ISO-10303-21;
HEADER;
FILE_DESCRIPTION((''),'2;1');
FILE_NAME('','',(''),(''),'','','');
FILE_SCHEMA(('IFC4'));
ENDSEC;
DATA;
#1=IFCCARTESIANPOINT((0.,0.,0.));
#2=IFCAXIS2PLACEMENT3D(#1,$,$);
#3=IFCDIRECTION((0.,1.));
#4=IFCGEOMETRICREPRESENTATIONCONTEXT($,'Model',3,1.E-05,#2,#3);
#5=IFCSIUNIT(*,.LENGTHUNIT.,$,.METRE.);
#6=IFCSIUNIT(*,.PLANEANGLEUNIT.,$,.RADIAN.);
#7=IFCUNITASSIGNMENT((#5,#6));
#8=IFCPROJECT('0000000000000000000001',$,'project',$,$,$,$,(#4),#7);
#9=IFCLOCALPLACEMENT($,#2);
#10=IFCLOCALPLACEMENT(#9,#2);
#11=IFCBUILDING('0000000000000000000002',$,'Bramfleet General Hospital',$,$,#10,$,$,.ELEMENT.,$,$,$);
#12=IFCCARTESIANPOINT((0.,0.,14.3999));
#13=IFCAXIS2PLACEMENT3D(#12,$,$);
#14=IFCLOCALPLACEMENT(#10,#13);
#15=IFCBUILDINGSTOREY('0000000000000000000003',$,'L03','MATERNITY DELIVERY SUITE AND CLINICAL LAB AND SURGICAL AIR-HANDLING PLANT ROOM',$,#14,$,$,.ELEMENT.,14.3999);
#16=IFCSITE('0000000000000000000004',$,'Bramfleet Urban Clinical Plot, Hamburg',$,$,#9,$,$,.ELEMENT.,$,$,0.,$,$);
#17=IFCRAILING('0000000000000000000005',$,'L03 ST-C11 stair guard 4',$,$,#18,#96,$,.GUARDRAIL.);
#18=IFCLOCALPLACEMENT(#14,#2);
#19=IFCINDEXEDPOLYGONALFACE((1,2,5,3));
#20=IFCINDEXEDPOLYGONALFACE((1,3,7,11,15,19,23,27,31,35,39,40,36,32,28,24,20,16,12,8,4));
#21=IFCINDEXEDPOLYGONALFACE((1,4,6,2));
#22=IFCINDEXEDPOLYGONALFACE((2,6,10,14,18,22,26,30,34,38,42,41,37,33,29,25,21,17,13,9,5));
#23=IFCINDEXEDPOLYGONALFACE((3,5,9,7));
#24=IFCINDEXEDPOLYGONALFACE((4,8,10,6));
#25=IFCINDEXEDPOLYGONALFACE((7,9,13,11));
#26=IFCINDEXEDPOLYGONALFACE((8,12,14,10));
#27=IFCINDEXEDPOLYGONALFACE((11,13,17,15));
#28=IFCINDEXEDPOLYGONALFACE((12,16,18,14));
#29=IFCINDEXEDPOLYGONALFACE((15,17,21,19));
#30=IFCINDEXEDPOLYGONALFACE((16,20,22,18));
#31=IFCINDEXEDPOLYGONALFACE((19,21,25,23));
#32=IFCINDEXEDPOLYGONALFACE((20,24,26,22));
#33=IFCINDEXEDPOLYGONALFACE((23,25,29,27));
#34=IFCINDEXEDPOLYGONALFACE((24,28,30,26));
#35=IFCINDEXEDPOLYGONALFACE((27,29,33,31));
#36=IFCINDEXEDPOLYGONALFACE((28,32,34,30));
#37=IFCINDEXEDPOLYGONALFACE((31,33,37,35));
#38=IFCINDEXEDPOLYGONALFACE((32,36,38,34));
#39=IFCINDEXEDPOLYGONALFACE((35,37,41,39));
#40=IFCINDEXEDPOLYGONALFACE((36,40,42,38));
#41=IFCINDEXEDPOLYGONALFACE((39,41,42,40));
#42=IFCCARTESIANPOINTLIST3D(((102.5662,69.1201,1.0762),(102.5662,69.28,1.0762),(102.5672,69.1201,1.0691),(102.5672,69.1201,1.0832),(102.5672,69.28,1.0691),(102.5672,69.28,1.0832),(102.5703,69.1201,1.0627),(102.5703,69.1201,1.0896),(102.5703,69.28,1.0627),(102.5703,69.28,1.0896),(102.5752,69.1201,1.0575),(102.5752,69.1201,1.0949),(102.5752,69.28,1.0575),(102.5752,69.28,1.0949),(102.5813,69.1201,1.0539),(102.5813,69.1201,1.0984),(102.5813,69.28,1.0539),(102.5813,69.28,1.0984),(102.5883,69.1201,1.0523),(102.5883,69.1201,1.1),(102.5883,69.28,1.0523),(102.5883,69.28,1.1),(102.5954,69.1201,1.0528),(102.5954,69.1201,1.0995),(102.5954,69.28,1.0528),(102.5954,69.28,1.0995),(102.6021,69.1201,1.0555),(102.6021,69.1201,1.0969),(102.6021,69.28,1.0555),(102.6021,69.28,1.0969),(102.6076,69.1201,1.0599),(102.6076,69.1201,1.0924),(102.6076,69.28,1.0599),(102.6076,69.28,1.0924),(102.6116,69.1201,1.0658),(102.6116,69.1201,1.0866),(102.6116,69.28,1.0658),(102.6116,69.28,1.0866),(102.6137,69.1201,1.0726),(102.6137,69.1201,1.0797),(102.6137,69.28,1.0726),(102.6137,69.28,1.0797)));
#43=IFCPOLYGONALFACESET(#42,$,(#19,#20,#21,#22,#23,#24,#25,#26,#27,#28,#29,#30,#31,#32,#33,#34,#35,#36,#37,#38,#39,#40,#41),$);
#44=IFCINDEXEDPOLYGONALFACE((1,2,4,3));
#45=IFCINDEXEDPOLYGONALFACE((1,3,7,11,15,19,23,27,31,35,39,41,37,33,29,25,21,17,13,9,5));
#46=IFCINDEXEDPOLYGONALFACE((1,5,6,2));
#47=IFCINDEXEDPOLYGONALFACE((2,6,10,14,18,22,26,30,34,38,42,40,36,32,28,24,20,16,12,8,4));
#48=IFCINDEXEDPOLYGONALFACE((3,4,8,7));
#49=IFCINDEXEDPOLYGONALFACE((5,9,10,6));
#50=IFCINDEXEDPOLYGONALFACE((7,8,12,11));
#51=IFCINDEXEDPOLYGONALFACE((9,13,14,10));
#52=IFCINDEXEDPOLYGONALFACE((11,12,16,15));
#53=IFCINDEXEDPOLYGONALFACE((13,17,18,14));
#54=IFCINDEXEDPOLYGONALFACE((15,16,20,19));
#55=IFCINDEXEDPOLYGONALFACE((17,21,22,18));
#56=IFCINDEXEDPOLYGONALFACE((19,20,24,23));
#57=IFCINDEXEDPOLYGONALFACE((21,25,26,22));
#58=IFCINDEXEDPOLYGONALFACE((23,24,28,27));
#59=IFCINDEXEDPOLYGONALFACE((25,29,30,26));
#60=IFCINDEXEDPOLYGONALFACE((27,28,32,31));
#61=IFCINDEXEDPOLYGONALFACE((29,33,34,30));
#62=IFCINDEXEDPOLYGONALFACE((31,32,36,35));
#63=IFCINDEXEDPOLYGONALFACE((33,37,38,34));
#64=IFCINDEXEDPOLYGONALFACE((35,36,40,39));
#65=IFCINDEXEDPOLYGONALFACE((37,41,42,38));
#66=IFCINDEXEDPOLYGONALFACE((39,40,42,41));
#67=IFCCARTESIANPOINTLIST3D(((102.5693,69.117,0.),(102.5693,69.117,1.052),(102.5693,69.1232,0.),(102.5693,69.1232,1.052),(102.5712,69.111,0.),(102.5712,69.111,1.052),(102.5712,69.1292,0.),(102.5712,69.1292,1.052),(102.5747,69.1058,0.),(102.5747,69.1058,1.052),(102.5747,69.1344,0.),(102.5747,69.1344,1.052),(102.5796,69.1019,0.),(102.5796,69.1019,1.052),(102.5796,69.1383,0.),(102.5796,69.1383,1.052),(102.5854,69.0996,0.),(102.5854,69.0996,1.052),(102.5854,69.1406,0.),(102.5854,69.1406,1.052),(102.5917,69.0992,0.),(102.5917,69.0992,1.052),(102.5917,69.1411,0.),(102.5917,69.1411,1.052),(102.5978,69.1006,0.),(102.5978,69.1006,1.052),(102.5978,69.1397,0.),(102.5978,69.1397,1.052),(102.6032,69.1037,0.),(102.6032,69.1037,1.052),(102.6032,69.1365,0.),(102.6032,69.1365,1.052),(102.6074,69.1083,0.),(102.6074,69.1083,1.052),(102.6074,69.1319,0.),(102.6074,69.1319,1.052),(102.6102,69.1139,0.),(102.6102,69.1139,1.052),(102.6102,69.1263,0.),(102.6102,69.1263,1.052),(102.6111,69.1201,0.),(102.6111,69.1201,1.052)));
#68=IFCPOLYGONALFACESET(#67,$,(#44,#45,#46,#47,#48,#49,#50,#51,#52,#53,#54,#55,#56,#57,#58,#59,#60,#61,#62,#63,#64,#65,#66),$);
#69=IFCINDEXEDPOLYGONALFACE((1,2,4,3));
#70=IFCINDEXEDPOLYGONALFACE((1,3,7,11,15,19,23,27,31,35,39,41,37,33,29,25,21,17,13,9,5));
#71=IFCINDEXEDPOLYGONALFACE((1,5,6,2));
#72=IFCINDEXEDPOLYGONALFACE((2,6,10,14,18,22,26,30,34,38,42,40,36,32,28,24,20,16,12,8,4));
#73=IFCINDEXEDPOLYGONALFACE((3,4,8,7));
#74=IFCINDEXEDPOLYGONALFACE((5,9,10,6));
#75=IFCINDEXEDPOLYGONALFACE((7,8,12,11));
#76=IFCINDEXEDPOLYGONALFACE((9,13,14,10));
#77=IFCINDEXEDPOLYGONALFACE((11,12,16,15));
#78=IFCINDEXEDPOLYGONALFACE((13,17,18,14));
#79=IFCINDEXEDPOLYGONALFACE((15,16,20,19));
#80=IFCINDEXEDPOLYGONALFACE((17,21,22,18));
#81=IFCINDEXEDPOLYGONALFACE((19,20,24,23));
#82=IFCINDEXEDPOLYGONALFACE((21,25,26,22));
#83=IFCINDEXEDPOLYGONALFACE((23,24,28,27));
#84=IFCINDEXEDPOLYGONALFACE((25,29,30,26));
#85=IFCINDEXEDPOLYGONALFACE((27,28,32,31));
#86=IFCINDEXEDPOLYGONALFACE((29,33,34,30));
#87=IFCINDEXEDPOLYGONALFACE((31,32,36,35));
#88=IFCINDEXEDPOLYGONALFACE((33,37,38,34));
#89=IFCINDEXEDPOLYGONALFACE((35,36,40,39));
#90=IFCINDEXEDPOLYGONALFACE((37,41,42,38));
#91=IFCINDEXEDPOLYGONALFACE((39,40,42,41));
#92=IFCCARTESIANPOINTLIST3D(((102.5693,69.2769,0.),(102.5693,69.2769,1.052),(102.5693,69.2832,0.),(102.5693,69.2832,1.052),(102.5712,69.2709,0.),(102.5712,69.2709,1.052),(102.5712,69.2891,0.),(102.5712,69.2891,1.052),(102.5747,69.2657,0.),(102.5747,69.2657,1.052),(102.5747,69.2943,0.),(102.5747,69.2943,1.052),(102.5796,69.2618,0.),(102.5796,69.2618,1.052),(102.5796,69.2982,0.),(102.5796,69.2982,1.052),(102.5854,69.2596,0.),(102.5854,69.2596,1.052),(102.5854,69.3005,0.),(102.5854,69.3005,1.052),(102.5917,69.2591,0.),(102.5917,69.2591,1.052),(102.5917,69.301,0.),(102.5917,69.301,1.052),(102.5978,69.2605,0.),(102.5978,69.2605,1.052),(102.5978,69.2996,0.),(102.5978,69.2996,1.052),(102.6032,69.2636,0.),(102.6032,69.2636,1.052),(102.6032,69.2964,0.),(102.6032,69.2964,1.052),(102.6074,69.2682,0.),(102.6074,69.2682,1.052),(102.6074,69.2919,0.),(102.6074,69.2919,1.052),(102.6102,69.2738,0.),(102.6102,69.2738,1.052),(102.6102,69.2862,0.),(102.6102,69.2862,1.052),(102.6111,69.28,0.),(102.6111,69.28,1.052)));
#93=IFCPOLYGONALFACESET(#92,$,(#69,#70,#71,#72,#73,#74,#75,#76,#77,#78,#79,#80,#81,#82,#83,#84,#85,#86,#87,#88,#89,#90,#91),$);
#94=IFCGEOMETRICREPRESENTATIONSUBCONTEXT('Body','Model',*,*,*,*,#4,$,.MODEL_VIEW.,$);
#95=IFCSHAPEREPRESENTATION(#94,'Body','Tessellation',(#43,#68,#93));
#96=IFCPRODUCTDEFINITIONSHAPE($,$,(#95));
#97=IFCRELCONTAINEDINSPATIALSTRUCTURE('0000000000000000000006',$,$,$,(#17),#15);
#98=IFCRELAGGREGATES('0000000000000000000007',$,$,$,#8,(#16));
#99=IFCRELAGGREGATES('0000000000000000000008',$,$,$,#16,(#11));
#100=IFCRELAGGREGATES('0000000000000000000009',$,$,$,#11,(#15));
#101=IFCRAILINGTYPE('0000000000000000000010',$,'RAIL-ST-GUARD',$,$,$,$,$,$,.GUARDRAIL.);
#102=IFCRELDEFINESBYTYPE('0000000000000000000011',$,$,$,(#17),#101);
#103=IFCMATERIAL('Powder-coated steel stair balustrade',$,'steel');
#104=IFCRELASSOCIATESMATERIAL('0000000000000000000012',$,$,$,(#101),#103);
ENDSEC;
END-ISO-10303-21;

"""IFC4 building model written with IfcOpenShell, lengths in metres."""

from ifc_helpers import new_model, si_unit, direction, frame, origin, origin_2d, place, context, subcontext, project, spatial, circle, extrude, material, type_object, element, save


model = new_model("IFC4")

# Units and contexts
model_context = context("Model", 3, precision=1e-05, world=origin(), true_north=direction((0.0, 1.0)))
body_context = subcontext(model_context, "Body", "Model", "MODEL_VIEW")
ifc_project = project(units=[si_unit("LENGTHUNIT", "METRE"), si_unit("PLANEANGLEUNIT", "RADIAN")], contexts=[model_context])

# Site, building, storey
site_placement = place(None, origin())
site = spatial("IfcSite", under=ifc_project, at=site_placement, Name="Bramfleet Urban Clinical Plot, Hamburg", CompositionType="ELEMENT", RefElevation=0.0)
building_placement = place(site_placement, origin())
building = spatial("IfcBuilding", under=site, at=building_placement, Name="Bramfleet General Hospital", CompositionType="ELEMENT")
storey_placement = place(building_placement, frame((0.0, 0.0, 14.3999)))
storey = spatial("IfcBuildingStorey", under=building, at=storey_placement, Name="L03", Description="MATERNITY DELIVERY SUITE AND CLINICAL LAB AND SURGICAL AIR-HANDLING PLANT ROOM", CompositionType="ELEMENT", Elevation=14.3999)

# Railing
ifc_material_1 = material(Name="Powder-coated steel stair balustrade", Category="steel")
railing_type_1 = type_object("IfcRailingType", Name="RAIL-ST-GUARD", PredefinedType="GUARDRAIL", material=ifc_material_1)
railing_1_placement = place(storey_placement, frame((102.5901, 69.1201, 0.0)))
element("IfcRailing", 1, at=railing_1_placement, inside=storey, type_object=railing_type_1, Name="L03 ST-C11 stair guard 4", PredefinedType="GUARDRAIL", context=body_context, shape_type="SweptSolid", body=[
    extrude(circle(Radius=0.0239, at=origin_2d()), frame((0.0, 0.0, 1.0762), z_axis=(0.0, 1.0, 0.0), x_axis=(-1.0, 0.0, 0.0)), (0.0, 0.0, 1.0), 0.1599),
    extrude(circle(Radius=0.021, at=origin_2d()), origin(), (0.0, 0.0, 1.0), 1.052),
    extrude(circle(Radius=0.021, at=origin_2d()), frame((0.0, 0.1599, 0.0)), (0.0, 0.0, 1.0), 1.052),
])

save(model, "model.ifc")
